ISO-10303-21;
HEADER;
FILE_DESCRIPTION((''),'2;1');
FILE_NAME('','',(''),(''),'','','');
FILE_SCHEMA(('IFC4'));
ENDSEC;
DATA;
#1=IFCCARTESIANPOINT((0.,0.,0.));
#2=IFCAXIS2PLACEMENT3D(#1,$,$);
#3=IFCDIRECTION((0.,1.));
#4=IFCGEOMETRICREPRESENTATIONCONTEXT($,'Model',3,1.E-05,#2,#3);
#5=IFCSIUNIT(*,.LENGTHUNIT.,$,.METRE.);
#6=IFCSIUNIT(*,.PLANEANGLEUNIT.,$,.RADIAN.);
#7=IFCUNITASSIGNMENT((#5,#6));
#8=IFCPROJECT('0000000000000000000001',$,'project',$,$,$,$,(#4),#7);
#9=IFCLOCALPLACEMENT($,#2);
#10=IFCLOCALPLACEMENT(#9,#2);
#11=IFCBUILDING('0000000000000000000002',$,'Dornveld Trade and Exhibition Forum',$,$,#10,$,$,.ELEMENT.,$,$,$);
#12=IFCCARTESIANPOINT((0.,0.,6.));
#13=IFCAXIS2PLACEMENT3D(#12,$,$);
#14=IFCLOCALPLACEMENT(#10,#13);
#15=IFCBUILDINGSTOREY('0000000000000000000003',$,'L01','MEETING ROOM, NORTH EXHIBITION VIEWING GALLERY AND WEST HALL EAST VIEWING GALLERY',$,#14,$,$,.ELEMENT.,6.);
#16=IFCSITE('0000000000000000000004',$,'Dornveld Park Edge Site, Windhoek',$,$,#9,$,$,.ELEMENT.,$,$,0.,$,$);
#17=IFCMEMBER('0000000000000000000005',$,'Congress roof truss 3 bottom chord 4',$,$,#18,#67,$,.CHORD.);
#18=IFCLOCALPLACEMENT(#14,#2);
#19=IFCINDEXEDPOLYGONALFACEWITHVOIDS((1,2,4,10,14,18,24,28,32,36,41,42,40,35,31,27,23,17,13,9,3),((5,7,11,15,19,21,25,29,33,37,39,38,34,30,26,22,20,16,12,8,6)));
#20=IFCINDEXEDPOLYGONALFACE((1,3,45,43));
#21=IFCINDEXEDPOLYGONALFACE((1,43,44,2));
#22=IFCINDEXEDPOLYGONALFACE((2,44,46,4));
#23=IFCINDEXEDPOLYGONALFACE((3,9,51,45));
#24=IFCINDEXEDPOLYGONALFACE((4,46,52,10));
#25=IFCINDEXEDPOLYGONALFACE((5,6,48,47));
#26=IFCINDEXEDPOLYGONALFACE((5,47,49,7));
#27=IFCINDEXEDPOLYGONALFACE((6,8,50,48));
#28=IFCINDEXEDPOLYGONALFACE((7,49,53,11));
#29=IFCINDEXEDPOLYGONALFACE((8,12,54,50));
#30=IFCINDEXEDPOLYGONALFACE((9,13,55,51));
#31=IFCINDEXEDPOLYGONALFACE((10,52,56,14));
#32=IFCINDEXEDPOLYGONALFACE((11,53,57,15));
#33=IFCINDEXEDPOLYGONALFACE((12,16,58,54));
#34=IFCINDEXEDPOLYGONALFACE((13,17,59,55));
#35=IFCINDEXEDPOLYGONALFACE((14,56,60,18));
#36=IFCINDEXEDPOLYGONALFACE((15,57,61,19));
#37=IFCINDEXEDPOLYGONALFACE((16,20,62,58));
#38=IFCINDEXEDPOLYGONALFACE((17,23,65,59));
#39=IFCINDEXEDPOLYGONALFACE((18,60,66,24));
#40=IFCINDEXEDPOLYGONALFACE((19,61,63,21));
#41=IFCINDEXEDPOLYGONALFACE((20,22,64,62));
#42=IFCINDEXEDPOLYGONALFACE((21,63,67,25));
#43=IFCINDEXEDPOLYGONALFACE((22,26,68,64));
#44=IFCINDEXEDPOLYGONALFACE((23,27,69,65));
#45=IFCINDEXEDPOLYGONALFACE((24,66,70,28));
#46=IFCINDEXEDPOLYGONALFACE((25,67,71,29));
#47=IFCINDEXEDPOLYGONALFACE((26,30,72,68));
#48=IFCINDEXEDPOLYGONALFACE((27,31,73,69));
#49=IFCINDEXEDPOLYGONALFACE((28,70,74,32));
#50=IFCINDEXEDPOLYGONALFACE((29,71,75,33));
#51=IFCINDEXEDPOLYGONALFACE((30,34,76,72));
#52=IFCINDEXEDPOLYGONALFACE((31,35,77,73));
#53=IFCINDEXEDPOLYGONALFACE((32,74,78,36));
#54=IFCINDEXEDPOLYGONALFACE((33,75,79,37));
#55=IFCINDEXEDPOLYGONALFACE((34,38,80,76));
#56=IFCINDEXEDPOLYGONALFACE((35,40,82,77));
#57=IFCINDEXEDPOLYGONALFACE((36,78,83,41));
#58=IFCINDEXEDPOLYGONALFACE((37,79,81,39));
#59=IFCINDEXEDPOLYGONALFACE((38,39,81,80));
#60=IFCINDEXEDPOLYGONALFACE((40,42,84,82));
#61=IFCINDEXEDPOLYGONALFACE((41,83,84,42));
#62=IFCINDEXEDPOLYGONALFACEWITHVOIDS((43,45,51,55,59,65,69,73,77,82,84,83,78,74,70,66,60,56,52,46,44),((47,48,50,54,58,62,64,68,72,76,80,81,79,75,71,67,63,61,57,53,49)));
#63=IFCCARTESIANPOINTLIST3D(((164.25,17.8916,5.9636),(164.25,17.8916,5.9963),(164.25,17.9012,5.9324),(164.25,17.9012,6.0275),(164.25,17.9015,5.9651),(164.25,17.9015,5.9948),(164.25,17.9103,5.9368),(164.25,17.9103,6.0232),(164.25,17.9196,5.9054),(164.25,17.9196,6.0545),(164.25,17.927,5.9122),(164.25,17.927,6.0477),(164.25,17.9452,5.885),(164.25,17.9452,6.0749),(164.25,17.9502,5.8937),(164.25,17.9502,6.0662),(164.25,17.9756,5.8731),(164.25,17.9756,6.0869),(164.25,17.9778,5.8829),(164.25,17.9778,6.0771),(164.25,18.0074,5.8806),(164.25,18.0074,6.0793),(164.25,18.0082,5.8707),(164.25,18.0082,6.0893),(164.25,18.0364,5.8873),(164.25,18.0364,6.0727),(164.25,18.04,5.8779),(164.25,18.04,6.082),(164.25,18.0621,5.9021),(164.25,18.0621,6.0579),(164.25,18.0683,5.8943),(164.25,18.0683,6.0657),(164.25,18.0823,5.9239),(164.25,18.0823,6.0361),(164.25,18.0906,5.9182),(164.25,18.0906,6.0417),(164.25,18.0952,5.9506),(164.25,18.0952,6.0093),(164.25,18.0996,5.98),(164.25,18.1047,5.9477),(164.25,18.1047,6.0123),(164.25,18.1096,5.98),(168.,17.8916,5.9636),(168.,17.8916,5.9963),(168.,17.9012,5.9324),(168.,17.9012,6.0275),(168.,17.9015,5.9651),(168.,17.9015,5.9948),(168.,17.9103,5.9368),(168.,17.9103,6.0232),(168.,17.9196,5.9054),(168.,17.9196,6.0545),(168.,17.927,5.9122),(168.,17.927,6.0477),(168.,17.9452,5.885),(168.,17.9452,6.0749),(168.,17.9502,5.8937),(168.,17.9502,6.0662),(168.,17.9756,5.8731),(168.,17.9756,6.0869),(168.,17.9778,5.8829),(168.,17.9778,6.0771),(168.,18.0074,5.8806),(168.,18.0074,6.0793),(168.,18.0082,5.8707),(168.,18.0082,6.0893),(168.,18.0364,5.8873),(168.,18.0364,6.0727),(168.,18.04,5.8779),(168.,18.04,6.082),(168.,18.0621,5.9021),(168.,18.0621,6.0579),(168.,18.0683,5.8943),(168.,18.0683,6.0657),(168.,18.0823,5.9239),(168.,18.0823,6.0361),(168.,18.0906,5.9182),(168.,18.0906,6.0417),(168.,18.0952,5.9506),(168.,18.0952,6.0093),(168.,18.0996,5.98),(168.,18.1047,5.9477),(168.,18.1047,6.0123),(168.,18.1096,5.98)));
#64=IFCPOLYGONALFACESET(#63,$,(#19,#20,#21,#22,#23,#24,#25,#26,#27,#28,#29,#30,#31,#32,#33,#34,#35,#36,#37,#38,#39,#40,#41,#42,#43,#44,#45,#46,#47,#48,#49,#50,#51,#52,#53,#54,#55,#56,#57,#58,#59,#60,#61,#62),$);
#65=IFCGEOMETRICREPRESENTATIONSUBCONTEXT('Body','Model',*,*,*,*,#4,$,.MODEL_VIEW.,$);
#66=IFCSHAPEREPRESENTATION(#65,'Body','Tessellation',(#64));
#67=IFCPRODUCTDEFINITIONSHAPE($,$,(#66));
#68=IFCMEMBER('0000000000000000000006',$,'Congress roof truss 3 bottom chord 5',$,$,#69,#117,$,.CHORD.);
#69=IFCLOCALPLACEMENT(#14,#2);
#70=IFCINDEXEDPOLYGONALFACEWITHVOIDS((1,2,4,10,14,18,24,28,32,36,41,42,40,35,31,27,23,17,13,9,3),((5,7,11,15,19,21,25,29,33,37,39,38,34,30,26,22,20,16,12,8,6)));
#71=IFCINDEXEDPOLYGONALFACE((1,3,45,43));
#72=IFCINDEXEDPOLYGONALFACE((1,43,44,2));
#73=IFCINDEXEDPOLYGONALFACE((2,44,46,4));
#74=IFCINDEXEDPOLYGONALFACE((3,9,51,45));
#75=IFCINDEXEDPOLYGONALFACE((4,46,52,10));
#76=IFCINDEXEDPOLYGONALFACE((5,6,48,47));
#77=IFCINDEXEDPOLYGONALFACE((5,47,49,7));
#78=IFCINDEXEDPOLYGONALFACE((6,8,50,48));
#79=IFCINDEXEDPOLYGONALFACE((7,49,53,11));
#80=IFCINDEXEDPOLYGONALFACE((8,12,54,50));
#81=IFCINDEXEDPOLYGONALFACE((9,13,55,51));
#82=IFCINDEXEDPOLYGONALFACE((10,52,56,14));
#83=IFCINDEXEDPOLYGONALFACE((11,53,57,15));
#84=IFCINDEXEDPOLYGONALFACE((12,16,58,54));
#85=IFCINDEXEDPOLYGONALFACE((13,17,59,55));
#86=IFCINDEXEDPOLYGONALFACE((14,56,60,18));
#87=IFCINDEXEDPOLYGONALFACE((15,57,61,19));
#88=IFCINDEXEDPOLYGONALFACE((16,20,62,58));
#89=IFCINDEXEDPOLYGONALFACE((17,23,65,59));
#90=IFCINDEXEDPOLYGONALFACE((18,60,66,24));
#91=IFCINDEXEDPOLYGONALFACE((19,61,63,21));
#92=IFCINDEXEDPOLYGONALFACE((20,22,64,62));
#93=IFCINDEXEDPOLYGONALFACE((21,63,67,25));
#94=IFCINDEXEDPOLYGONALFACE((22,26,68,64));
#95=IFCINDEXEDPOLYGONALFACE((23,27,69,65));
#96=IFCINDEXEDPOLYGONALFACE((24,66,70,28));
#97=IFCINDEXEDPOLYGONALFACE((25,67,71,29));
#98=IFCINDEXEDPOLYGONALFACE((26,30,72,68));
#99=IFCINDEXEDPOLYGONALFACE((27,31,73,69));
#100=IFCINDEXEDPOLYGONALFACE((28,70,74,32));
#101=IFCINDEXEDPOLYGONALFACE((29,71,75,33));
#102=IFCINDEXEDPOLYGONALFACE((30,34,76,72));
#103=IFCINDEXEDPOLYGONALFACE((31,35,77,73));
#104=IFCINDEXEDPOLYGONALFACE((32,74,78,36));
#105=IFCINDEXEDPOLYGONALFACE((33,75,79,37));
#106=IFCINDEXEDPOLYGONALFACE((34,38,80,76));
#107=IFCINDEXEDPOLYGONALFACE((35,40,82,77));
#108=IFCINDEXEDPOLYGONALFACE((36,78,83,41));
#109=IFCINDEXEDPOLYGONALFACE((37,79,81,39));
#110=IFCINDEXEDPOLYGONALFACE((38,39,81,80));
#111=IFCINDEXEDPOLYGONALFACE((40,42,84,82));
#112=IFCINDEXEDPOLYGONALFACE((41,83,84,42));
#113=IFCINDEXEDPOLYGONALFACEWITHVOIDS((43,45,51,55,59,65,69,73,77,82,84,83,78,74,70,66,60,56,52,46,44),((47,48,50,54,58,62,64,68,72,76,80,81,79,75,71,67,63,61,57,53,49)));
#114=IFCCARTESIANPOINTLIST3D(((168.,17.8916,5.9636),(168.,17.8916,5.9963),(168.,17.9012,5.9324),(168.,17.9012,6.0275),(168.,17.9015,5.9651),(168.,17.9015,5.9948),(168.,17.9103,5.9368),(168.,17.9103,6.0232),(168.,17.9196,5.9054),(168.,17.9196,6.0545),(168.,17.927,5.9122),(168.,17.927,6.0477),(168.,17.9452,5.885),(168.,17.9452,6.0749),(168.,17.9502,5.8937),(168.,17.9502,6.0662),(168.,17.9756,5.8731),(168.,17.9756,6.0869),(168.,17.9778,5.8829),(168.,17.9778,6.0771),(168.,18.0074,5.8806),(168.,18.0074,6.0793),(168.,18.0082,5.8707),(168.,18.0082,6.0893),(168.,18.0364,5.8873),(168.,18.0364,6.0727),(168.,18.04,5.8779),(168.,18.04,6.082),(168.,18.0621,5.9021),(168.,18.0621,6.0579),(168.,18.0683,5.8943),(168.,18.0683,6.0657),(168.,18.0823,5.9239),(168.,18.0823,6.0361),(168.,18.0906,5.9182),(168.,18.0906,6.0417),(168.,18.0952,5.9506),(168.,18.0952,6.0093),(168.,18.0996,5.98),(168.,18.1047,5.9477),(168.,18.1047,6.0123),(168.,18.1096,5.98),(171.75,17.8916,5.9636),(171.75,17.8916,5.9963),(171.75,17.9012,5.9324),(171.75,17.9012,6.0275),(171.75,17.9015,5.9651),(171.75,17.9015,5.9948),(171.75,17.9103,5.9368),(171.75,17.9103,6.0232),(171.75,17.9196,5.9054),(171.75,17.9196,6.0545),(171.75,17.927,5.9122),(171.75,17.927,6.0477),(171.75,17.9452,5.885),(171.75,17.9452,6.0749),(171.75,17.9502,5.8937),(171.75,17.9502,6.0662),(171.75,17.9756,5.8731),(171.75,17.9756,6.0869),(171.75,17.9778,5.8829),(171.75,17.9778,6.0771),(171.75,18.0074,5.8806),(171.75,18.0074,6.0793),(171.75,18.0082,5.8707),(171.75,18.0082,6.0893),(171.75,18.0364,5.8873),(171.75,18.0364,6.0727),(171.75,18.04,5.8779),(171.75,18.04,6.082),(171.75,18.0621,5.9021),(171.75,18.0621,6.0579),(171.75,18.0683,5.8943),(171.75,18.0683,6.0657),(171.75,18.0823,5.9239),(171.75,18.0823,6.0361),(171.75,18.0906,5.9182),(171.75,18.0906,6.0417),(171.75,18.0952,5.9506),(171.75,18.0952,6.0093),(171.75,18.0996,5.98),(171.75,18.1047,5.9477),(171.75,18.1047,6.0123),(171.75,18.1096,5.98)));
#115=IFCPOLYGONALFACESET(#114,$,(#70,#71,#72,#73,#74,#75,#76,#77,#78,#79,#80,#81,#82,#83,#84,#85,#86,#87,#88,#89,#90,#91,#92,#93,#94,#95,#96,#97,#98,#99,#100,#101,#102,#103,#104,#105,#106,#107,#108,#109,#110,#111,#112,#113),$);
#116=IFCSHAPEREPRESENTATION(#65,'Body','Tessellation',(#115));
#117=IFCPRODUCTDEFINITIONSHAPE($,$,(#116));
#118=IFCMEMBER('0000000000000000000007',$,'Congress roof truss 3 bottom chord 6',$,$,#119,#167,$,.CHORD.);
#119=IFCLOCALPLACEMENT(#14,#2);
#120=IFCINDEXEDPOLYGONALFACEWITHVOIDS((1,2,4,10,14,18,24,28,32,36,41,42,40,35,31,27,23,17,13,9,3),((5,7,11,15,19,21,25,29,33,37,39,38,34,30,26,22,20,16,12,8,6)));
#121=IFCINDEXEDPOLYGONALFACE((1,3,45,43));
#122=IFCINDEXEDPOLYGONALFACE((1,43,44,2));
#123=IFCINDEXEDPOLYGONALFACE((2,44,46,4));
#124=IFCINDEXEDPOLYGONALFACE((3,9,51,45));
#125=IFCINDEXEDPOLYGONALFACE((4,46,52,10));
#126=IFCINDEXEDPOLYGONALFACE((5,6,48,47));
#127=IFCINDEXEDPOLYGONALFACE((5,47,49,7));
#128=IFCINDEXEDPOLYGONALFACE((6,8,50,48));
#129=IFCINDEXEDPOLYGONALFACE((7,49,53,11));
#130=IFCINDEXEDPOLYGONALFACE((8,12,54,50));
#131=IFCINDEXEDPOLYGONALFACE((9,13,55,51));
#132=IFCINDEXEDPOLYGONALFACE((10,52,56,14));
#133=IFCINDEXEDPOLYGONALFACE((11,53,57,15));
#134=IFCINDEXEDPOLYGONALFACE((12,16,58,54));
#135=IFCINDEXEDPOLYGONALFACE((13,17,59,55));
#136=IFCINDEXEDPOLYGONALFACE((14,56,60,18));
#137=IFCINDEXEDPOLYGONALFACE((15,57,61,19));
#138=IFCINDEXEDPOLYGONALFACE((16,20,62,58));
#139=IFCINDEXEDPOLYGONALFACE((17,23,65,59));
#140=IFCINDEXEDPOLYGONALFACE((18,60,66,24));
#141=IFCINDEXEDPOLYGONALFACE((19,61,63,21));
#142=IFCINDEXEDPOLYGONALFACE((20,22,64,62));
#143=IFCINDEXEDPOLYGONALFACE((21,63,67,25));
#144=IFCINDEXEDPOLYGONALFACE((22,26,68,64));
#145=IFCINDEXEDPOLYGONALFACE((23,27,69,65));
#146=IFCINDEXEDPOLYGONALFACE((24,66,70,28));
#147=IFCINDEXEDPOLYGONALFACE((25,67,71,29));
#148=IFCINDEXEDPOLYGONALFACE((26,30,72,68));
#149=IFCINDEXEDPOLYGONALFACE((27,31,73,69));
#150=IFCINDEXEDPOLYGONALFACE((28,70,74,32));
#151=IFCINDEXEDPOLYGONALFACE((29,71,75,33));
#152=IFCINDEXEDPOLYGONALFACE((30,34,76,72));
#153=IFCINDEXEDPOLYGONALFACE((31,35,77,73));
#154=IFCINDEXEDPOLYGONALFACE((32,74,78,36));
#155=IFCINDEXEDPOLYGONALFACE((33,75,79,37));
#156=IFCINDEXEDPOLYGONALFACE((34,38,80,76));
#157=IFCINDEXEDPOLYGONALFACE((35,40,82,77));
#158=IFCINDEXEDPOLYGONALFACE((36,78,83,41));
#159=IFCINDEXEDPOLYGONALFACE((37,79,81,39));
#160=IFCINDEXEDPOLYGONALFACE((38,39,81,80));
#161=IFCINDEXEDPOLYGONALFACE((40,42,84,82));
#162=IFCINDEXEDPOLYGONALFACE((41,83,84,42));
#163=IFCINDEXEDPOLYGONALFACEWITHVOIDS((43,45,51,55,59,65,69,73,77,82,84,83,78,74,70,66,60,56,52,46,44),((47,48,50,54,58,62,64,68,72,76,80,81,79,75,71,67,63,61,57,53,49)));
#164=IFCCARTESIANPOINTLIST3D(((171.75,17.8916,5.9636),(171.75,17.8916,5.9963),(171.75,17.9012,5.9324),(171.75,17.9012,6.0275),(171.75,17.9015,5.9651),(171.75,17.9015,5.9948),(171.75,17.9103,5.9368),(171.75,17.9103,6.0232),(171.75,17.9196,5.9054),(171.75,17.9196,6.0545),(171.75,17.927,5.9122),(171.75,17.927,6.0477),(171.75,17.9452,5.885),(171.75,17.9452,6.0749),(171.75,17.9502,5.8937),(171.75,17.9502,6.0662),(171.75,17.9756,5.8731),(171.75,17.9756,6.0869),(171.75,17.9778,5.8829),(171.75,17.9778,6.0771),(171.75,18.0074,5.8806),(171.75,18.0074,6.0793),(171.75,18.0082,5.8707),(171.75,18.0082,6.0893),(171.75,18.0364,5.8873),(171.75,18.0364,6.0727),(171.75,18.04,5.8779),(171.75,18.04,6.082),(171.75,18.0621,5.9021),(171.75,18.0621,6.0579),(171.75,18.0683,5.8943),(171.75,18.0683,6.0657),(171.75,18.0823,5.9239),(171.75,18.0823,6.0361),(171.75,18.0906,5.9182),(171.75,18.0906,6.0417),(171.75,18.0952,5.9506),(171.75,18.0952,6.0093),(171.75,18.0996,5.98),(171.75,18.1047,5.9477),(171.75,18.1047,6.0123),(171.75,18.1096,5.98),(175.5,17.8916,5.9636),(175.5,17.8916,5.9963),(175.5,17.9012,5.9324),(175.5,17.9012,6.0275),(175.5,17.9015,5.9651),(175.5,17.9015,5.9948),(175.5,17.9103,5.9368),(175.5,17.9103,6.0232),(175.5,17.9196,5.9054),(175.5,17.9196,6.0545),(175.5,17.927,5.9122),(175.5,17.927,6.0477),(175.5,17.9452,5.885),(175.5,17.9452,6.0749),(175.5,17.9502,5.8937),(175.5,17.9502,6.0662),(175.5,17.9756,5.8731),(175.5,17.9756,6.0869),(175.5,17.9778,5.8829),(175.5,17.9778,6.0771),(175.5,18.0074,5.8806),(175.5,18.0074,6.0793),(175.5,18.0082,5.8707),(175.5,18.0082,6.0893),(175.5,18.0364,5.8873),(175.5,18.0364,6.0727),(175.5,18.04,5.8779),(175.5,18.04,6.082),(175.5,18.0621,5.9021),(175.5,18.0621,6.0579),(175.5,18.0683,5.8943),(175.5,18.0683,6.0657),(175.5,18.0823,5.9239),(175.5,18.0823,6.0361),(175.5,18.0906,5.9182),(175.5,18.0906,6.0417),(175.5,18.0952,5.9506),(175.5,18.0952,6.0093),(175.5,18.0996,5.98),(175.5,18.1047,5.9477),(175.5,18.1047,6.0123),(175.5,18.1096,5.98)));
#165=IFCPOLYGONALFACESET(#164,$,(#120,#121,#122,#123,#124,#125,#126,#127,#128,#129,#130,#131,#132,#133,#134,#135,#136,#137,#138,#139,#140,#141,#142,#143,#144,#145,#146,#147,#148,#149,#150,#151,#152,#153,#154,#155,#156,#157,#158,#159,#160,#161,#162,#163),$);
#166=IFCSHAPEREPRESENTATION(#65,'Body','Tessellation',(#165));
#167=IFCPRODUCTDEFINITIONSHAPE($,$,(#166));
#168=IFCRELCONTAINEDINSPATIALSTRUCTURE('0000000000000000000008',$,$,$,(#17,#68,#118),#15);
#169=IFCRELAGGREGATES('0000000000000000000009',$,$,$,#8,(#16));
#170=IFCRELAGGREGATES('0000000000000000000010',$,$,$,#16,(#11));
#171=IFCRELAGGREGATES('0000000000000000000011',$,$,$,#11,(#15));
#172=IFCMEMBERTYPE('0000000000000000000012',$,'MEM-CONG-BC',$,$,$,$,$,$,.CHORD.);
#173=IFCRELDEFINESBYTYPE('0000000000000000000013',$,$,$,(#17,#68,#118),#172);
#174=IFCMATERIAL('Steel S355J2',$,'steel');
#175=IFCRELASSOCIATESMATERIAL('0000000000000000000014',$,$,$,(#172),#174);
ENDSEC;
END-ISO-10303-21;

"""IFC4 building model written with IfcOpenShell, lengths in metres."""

from ifc_helpers import new_model, si_unit, direction, frame, origin, origin_2d, place, context, subcontext, project, spatial, hollow_circle, extrude, material, material_profile, profile_set, type_object, element, save


model = new_model("IFC4")

# Units and contexts
model_context = context("Model", 3, precision=1e-05, world=origin(), true_north=direction((0.0, 1.0)))
body_context = subcontext(model_context, "Body", "Model", "MODEL_VIEW")
ifc_project = project(units=[si_unit("LENGTHUNIT", "METRE"), si_unit("PLANEANGLEUNIT", "RADIAN")], contexts=[model_context])

# Site, building, storey
site_placement = place(None, origin())
site = spatial("IfcSite", under=ifc_project, at=site_placement, Name="Dornveld Park Edge Site, Windhoek", CompositionType="ELEMENT", RefElevation=0.0)
building_placement = place(site_placement, origin())
building = spatial("IfcBuilding", under=site, at=building_placement, Name="Dornveld Trade and Exhibition Forum", CompositionType="ELEMENT")
storey_placement = place(building_placement, frame((0.0, 0.0, 6.0)))
storey = spatial("IfcBuildingStorey", under=building, at=storey_placement, Name="L01", Description="MEETING ROOM, NORTH EXHIBITION VIEWING GALLERY AND WEST HALL EAST VIEWING GALLERY", CompositionType="ELEMENT", Elevation=6.0)

# Members
ifc_material_1 = material(Name="Steel S355J2", Category="steel")
ifc_material_profile_1 = material_profile(ifc_material_1, hollow_circle(Radius=0.1096, WallThickness=0.01, at=origin_2d()), Name="CHS 219.1x10")
ifc_profile_set_1 = profile_set([ifc_material_profile_1], Name="Steel S355J2")
member_type_1 = type_object("IfcMemberType", Name="MEM-CONG-BC", PredefinedType="CHORD", material=ifc_profile_set_1)
for number, where, z_axis, x_axis, name in (
    (1, (164.25, 18.0, 5.98), (1.0, 0.0, 0.0), (0.0, 1.0, 0.0), "Congress roof truss 3 bottom chord 4"),
    (2, (168.0, 18.0, 5.98), (1.0, 0.0, 0.0), (0.0, 1.0, 0.0), "Congress roof truss 3 bottom chord 5"),
    (3, (171.75, 18.0, 5.98), (1.0, 0.0, 0.0), (0.0, 1.0, 0.0), "Congress roof truss 3 bottom chord 6"),
):
    element("IfcMember", number, at=place(storey_placement, frame(where, z_axis=z_axis, x_axis=x_axis)), inside=storey, type_object=member_type_1, Name=name, PredefinedType="CHORD", context=body_context, shape_type="SweptSolid", body=[
        extrude(hollow_circle(Radius=0.1096, WallThickness=0.01, at=origin_2d()), origin(), (0.0, 0.0, 1.0), 3.75),
    ])

save(model, "model.ifc")
